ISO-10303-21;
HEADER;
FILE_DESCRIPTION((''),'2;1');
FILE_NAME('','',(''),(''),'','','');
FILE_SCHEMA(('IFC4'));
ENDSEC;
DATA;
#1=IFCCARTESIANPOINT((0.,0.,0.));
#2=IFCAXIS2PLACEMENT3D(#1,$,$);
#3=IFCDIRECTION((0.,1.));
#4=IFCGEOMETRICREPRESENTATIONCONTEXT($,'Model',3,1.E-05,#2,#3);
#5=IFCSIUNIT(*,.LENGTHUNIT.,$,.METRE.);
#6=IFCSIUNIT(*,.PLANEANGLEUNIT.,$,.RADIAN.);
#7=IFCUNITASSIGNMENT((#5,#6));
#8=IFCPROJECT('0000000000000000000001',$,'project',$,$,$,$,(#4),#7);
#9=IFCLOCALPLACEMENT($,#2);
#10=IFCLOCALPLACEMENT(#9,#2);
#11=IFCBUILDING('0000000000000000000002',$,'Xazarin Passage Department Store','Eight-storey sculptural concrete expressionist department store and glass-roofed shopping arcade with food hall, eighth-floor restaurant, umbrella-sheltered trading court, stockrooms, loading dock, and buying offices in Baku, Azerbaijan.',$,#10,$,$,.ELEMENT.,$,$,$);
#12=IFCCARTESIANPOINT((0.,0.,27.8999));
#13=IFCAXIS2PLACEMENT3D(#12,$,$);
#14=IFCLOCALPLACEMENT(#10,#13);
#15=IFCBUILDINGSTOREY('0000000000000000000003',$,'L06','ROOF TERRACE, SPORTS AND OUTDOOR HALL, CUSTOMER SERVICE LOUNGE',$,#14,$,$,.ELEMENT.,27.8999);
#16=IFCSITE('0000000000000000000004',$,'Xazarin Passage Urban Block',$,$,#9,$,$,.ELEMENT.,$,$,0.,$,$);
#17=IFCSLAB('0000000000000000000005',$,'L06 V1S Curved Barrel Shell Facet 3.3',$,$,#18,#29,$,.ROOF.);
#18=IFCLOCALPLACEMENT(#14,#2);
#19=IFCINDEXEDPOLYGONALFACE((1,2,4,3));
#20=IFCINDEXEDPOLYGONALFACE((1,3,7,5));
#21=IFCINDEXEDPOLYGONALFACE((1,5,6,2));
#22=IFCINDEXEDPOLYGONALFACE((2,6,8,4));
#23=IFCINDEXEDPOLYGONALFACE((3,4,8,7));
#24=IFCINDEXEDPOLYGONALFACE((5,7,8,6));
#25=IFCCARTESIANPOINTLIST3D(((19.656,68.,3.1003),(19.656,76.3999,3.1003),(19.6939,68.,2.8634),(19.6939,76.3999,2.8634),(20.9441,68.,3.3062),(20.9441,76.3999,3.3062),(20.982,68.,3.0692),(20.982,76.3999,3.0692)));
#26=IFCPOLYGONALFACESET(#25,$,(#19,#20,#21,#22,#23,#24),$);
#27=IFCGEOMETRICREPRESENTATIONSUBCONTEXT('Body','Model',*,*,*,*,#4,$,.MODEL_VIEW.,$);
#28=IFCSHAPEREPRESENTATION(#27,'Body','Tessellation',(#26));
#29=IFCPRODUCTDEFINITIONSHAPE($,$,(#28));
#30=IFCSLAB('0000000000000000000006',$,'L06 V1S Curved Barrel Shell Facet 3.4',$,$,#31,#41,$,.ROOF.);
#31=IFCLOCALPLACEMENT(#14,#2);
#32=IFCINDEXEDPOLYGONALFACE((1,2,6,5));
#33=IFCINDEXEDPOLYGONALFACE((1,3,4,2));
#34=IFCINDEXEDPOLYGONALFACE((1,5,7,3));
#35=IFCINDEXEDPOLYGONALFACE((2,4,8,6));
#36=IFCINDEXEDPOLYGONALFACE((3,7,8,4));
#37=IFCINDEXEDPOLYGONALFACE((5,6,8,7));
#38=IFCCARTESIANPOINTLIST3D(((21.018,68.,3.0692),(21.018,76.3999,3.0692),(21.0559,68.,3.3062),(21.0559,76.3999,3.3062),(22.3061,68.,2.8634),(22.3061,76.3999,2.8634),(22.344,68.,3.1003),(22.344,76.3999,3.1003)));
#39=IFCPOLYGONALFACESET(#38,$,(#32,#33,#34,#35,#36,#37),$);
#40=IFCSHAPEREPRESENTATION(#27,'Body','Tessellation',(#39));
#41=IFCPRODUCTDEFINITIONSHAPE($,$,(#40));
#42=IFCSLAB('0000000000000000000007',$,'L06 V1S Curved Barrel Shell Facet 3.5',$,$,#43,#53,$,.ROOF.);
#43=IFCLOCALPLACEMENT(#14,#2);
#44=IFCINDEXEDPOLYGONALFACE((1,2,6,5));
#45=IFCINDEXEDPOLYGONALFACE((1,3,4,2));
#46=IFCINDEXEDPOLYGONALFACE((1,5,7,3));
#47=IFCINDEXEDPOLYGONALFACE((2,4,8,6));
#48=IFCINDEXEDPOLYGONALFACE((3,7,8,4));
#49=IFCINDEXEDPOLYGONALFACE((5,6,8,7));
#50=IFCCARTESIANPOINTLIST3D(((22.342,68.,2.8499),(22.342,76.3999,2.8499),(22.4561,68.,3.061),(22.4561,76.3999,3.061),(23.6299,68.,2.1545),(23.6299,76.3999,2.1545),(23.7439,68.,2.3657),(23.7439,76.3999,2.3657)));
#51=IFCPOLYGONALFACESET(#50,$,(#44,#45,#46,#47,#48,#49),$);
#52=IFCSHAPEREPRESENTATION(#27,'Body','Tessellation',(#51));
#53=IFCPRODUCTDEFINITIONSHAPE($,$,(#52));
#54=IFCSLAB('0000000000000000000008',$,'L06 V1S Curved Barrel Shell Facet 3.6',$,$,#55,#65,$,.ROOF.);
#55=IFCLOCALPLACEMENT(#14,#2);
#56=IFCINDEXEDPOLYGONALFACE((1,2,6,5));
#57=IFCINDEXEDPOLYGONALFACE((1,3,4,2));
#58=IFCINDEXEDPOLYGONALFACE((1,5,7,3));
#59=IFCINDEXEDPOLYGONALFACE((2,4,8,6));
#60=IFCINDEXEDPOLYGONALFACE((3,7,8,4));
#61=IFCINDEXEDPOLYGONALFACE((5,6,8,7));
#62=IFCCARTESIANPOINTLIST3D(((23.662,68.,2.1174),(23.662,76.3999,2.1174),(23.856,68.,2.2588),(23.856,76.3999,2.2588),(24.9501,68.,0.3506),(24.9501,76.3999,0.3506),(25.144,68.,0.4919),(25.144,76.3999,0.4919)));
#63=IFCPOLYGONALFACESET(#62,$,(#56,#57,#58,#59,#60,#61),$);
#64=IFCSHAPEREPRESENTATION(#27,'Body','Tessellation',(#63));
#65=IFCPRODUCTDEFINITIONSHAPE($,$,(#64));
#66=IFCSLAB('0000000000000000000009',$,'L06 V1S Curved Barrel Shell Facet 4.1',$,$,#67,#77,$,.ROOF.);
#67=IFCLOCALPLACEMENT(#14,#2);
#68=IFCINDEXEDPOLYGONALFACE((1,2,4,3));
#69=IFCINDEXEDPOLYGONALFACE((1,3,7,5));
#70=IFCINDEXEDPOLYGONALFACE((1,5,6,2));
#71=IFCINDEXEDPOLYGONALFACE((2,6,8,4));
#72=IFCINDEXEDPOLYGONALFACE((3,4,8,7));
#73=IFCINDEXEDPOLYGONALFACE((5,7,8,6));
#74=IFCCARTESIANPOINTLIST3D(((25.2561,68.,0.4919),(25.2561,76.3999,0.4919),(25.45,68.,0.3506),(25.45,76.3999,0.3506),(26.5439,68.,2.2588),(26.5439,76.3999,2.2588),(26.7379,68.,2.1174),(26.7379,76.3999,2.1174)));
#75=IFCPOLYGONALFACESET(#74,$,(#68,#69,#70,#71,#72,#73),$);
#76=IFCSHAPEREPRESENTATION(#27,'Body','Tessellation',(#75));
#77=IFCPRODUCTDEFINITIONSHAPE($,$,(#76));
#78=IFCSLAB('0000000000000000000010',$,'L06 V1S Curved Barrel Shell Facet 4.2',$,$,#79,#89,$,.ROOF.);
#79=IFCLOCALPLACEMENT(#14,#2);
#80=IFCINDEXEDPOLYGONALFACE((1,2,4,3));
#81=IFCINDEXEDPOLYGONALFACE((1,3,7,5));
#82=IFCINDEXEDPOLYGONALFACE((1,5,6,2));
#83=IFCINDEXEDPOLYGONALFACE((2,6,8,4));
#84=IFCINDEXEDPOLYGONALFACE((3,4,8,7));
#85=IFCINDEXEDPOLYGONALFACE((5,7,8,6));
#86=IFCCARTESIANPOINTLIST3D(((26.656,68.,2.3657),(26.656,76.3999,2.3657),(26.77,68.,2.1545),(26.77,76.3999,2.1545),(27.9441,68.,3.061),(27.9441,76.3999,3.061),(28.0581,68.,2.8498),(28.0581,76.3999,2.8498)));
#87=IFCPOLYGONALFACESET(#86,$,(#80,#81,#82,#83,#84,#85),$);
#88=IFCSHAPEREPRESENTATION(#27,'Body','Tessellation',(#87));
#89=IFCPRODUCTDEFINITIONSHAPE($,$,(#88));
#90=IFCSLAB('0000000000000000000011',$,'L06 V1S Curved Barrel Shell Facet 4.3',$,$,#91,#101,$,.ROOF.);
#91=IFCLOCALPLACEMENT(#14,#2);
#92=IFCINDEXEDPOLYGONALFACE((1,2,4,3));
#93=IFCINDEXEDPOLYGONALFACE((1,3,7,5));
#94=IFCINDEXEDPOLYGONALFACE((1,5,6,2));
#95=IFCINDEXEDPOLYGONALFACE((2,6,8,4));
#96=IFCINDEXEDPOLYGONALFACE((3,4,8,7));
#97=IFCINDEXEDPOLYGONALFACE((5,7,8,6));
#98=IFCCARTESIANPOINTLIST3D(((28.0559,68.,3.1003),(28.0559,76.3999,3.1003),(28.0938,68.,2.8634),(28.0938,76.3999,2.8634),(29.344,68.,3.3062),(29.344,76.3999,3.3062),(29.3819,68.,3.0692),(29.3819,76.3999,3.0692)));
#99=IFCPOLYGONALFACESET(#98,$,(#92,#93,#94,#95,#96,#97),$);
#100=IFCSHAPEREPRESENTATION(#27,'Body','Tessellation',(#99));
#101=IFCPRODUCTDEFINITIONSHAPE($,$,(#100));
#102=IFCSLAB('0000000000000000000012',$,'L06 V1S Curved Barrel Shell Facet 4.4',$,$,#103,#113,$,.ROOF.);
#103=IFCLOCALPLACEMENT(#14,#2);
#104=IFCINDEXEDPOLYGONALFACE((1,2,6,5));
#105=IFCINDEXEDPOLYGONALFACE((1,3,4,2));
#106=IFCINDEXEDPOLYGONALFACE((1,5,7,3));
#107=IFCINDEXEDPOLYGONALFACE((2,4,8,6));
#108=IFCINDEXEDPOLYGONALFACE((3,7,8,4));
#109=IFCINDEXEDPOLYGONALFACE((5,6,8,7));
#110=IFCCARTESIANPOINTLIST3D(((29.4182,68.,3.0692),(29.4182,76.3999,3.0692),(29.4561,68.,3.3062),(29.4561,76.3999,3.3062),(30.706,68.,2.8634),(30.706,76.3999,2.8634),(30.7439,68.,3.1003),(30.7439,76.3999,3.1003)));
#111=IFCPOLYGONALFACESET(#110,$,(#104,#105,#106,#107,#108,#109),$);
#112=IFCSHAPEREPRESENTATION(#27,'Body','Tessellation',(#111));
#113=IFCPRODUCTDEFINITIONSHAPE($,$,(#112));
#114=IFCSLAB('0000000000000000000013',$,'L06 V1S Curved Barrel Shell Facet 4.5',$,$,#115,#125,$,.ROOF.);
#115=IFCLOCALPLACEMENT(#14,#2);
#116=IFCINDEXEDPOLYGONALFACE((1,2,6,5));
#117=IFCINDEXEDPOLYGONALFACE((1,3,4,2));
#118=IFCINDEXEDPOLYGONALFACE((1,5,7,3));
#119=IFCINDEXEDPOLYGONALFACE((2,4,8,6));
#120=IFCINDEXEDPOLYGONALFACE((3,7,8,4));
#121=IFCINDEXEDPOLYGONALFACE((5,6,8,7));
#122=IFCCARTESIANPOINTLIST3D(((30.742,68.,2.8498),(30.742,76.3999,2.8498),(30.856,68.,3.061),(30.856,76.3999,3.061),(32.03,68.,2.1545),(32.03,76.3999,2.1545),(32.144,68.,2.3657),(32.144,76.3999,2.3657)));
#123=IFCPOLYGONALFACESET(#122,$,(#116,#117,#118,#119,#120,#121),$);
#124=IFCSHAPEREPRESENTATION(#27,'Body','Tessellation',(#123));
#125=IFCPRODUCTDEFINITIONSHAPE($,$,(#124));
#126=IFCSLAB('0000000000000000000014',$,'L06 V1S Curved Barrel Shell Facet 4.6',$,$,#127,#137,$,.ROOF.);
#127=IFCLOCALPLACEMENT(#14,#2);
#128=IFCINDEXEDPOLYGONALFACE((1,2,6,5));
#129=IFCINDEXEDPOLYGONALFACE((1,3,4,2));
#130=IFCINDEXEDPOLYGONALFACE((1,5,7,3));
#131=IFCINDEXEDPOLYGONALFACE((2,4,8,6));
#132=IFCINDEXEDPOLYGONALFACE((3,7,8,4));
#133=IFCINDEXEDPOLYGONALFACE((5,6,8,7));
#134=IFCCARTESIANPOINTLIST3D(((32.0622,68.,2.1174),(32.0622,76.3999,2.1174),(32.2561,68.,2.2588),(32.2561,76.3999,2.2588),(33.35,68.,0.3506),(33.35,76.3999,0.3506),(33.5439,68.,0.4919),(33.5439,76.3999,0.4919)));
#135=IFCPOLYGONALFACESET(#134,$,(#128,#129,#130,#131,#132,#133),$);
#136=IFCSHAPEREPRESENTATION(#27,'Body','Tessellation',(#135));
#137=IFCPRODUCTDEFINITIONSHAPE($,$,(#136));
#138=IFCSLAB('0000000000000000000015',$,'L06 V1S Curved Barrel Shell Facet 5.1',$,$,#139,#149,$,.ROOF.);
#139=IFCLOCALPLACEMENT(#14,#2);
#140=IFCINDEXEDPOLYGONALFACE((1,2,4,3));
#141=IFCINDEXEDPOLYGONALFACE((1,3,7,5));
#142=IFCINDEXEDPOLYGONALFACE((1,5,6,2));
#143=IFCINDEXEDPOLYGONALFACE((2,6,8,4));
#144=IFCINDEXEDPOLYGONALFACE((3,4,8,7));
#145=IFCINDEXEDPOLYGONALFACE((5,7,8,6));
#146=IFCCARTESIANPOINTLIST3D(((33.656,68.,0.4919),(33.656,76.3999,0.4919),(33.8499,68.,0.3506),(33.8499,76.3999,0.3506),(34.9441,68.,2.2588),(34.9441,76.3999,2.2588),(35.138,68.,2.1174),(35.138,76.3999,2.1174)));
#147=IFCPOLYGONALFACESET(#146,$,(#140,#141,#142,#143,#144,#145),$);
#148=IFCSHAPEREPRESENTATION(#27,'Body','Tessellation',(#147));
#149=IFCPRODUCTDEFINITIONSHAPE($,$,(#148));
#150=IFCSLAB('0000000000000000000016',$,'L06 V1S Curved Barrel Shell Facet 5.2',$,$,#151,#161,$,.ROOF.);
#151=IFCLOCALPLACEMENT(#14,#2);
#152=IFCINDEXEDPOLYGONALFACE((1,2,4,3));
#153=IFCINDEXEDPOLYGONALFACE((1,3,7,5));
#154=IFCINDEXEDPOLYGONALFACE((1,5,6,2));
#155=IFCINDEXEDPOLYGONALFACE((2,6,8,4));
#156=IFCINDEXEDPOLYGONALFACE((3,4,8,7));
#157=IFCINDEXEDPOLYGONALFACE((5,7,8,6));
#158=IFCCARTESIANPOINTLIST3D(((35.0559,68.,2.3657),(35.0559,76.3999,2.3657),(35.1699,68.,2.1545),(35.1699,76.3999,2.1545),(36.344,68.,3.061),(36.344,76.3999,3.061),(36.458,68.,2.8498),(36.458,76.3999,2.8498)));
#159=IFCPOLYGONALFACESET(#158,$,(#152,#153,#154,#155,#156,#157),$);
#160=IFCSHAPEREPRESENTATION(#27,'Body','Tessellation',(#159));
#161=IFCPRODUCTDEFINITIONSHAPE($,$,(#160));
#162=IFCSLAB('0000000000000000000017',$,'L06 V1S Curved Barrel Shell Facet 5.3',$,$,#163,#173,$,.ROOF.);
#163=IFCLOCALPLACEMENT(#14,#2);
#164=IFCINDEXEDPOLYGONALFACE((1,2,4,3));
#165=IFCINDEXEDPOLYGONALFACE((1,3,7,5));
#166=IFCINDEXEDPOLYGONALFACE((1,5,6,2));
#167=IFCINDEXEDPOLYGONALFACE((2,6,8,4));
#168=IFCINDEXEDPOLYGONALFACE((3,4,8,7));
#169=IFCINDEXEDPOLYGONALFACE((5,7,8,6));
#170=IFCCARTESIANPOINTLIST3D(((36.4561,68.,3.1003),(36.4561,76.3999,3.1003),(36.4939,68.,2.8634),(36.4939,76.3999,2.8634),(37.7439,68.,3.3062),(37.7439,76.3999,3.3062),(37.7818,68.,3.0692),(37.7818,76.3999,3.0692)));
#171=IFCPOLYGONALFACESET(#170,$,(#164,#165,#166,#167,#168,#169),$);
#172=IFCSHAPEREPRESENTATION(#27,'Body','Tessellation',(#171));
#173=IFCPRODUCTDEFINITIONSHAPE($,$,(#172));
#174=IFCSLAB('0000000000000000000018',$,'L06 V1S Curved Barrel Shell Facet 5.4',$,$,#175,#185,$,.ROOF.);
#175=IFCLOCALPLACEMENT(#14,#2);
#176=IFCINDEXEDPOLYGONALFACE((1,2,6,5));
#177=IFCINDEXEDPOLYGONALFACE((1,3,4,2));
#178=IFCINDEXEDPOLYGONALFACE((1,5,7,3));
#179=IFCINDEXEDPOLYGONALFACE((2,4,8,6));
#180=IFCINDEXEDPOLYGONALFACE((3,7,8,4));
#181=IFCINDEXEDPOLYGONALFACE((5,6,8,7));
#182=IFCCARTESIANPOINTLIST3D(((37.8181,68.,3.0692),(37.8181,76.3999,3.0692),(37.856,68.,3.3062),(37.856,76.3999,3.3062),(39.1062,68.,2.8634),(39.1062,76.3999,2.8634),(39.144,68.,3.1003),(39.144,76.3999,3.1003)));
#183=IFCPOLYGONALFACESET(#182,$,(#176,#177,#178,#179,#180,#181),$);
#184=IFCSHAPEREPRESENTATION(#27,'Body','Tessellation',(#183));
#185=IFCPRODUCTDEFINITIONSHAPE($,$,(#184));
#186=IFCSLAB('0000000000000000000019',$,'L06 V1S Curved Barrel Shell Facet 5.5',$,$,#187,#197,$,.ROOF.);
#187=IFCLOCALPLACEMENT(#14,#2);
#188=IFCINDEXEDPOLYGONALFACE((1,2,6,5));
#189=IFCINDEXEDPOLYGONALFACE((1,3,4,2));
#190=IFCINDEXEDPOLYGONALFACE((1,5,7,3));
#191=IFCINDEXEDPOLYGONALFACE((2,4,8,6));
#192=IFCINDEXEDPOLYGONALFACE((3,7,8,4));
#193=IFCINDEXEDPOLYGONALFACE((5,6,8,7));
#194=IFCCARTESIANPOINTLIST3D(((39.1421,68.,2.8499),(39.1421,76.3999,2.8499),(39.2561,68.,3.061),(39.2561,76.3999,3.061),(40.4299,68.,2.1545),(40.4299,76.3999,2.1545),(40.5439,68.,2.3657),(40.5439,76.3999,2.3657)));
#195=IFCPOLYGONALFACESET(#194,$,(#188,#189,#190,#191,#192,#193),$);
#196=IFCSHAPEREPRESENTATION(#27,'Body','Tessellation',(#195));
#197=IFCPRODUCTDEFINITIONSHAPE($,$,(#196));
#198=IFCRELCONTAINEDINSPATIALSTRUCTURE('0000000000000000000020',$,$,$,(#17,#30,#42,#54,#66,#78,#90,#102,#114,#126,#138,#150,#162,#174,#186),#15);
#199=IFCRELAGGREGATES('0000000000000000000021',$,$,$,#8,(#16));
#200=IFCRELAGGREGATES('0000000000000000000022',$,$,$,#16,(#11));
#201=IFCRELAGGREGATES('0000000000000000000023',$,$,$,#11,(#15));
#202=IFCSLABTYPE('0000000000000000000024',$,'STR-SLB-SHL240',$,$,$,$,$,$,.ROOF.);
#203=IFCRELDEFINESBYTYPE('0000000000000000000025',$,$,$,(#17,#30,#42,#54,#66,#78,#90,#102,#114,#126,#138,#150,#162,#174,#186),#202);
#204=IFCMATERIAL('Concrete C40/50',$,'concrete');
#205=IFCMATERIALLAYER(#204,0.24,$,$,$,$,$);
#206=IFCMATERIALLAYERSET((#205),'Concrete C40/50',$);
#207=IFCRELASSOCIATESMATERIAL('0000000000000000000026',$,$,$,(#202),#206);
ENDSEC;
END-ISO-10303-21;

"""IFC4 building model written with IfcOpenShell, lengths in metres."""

from ifc_helpers import new_model, si_unit, direction, frame, origin, place, context, subcontext, project, spatial, polyline, outline, extrude, material, layer, layer_set, type_object, element, save


model = new_model("IFC4")

# Units and contexts
model_context = context("Model", 3, precision=1e-05, world=origin(), true_north=direction((0.0, 1.0)))
body_context = subcontext(model_context, "Body", "Model", "MODEL_VIEW")
ifc_project = project(units=[si_unit("LENGTHUNIT", "METRE"), si_unit("PLANEANGLEUNIT", "RADIAN")], contexts=[model_context])

# Site, building, storey
site_placement = place(None, origin())
site = spatial("IfcSite", under=ifc_project, at=site_placement, Name="Xazarin Passage Urban Block", CompositionType="ELEMENT", RefElevation=0.0)
building_placement = place(site_placement, origin())
building = spatial("IfcBuilding", under=site, at=building_placement, Name="Xazarin Passage Department Store", Description="Eight-storey sculptural concrete expressionist department store and glass-roofed shopping arcade with food hall, eighth-floor restaurant, umbrella-sheltered trading court, stockrooms, loading dock, and buying offices in Baku, Azerbaijan.", CompositionType="ELEMENT")
storey_placement = place(building_placement, frame((0.0, 0.0, 27.8999)))
storey = spatial("IfcBuildingStorey", under=building, at=storey_placement, Name="L06", Description="ROOF TERRACE, SPORTS AND OUTDOOR HALL, CUSTOMER SERVICE LOUNGE", CompositionType="ELEMENT", Elevation=27.8999)

# Slabs
ifc_material_1 = material(Name="Concrete C40/50", Category="concrete")
ifc_layer_1 = layer(ifc_material_1, 0.24)
ifc_layer_set_1 = layer_set([ifc_layer_1], Name="Concrete C40/50")
slab_type = type_object("IfcSlabType", Name="STR-SLB-SHL240", PredefinedType="ROOF", material=ifc_layer_set_1)
for number, where, z_axis, x_axis, name in (
    (1, (19.656, 68.0, 3.1003), (-0.157779, 0.0, 0.987474), (0.987474, 0.0, 0.157779), "L06 V1S Curved Barrel Shell Facet 3.3"),
    (2, (21.0559, 68.0, 3.3062), (0.157779, 0.0, 0.987474), (0.987474, 0.0, -0.157779), "L06 V1S Curved Barrel Shell Facet 3.4"),
):
    element("IfcSlab", number, at=place(storey_placement, frame(where, z_axis=z_axis, x_axis=x_axis)), inside=storey, type_object=slab_type, Name=name, PredefinedType="ROOF", context=body_context, shape_type="SweptSolid", body=[
        extrude(outline(polyline([(0.0, 0.0), (1.3044, 0.0), (1.3044, 8.3999), (0.0, 8.3999), (0.0, 0.0)])), origin(), (0.0, 0.0, -1.0), 0.24),
    ])
slab_1_placement = place(storey_placement, frame((22.4561, 68.0, 3.061), z_axis=(0.475084, 0.0, 0.87994), x_axis=(0.87994, 0.0, -0.475084)))
element("IfcSlab", 3, at=slab_1_placement, inside=storey, type_object=slab_type, Name="L06 V1S Curved Barrel Shell Facet 3.5", PredefinedType="ROOF", context=body_context, shape_type="SweptSolid", body=[
    extrude(outline(polyline([(0.0, 0.0), (1.4636, 0.0), (1.4636, 8.3999), (0.0, 8.3999), (0.0, 0.0)])), origin(), (0.0, 0.0, -1.0), 0.24),
])
slab_2_placement = place(storey_placement, frame((23.856, 68.0, 2.2588), z_axis=(0.80806, 0.0, 0.589101), x_axis=(0.589101, 0.0, -0.80806)))
element("IfcSlab", 4, at=slab_2_placement, inside=storey, type_object=slab_type, Name="L06 V1S Curved Barrel Shell Facet 3.6", PredefinedType="ROOF", context=body_context, shape_type="SweptSolid", body=[
    extrude(outline(polyline([(0.0, 0.0), (2.1865, 0.0), (2.1865, 8.3999), (0.0, 8.3999), (0.0, 0.0)])), origin(), (0.0, 0.0, -1.0), 0.24),
])
slab_3_placement = place(storey_placement, frame((25.2561, 68.0, 0.4919), z_axis=(-0.808113, 0.0, 0.589028), x_axis=(0.589028, 0.0, 0.808113)))
element("IfcSlab", 5, at=slab_3_placement, inside=storey, type_object=slab_type, Name="L06 V1S Curved Barrel Shell Facet 4.1", PredefinedType="ROOF", context=body_context, shape_type="SweptSolid", body=[
    extrude(outline(polyline([(0.0, 0.0), (2.1864, 0.0), (2.1864, 8.3999), (0.0, 8.3999), (0.0, 0.0)])), origin(), (0.0, 0.0, -1.0), 0.24),
])
slab_4_placement = place(storey_placement, frame((26.656, 68.0, 2.3657), z_axis=(-0.475015, 0.0, 0.879978), x_axis=(0.879978, 0.0, 0.475015)))
element("IfcSlab", 6, at=slab_4_placement, inside=storey, type_object=slab_type, Name="L06 V1S Curved Barrel Shell Facet 4.2", PredefinedType="ROOF", context=body_context, shape_type="SweptSolid", body=[
    extrude(outline(polyline([(0.0, 0.0), (1.4638, 0.0), (1.4638, 8.3999), (0.0, 8.3999), (0.0, 0.0)])), origin(), (0.0, 0.0, -1.0), 0.24),
])
slab_5_placement = place(storey_placement, frame((28.0559, 68.0, 3.1003), z_axis=(-0.157779, 0.0, 0.987474), x_axis=(0.987474, 0.0, 0.157779)))
element("IfcSlab", 7, at=slab_5_placement, inside=storey, type_object=slab_type, Name="L06 V1S Curved Barrel Shell Facet 4.3", PredefinedType="ROOF", context=body_context, shape_type="SweptSolid", body=[
    extrude(outline(polyline([(0.0, 0.0), (1.3044, 0.0), (1.3044, 8.3999), (0.0, 8.3999), (0.0, 0.0)])), origin(), (0.0, 0.0, -1.0), 0.24),
])
slab_6_placement = place(storey_placement, frame((29.4561, 68.0, 3.3062), z_axis=(0.157808, 0.0, 0.98747), x_axis=(0.98747, 0.0, -0.157808)))
element("IfcSlab", 8, at=slab_6_placement, inside=storey, type_object=slab_type, Name="L06 V1S Curved Barrel Shell Facet 4.4", PredefinedType="ROOF", context=body_context, shape_type="SweptSolid", body=[
    extrude(outline(polyline([(0.0, 0.0), (1.3042, 0.0), (1.3042, 8.3999), (0.0, 8.3999), (0.0, 0.0)])), origin(), (0.0, 0.0, -1.0), 0.24),
])
slab_7_placement = place(storey_placement, frame((30.856, 68.0, 3.061), z_axis=(0.475015, 0.0, 0.879978), x_axis=(0.879978, 0.0, -0.475015)))
element("IfcSlab", 9, at=slab_7_placement, inside=storey, type_object=slab_type, Name="L06 V1S Curved Barrel Shell Facet 4.5", PredefinedType="ROOF", context=body_context, shape_type="SweptSolid", body=[
    extrude(outline(polyline([(0.0, 0.0), (1.4638, 0.0), (1.4638, 8.3999), (0.0, 8.3999), (0.0, 0.0)])), origin(), (0.0, 0.0, -1.0), 0.24),
])
slab_8_placement = place(storey_placement, frame((32.2561, 68.0, 2.2588), z_axis=(0.808113, 0.0, 0.589028), x_axis=(0.589028, 0.0, -0.808113)))
element("IfcSlab", 10, at=slab_8_placement, inside=storey, type_object=slab_type, Name="L06 V1S Curved Barrel Shell Facet 4.6", PredefinedType="ROOF", context=body_context, shape_type="SweptSolid", body=[
    extrude(outline(polyline([(0.0, 0.0), (2.1864, 0.0), (2.1864, 8.3999), (0.0, 8.3999), (0.0, 0.0)])), origin(), (0.0, 0.0, -1.0), 0.24),
])
slab_9_placement = place(storey_placement, frame((33.656, 68.0, 0.4919), z_axis=(-0.80806, 0.0, 0.589101), x_axis=(0.589101, 0.0, 0.80806)))
element("IfcSlab", 11, at=slab_9_placement, inside=storey, type_object=slab_type, Name="L06 V1S Curved Barrel Shell Facet 5.1", PredefinedType="ROOF", context=body_context, shape_type="SweptSolid", body=[
    extrude(outline(polyline([(0.0, 0.0), (2.1865, 0.0), (2.1865, 8.3999), (0.0, 8.3999), (0.0, 0.0)])), origin(), (0.0, 0.0, -1.0), 0.24),
])
slab_10_placement = place(storey_placement, frame((35.0559, 68.0, 2.3657), z_axis=(-0.475015, 0.0, 0.879978), x_axis=(0.879978, 0.0, 0.475015)))
element("IfcSlab", 12, at=slab_10_placement, inside=storey, type_object=slab_type, Name="L06 V1S Curved Barrel Shell Facet 5.2", PredefinedType="ROOF", context=body_context, shape_type="SweptSolid", body=[
    extrude(outline(polyline([(0.0, 0.0), (1.4638, 0.0), (1.4638, 8.3999), (0.0, 8.3999), (0.0, 0.0)])), origin(), (0.0, 0.0, -1.0), 0.24),
])
slab_11_placement = place(storey_placement, frame((36.4561, 68.0, 3.1003), z_axis=(-0.157808, 0.0, 0.98747), x_axis=(0.98747, 0.0, 0.157808)))
element("IfcSlab", 13, at=slab_11_placement, inside=storey, type_object=slab_type, Name="L06 V1S Curved Barrel Shell Facet 5.3", PredefinedType="ROOF", context=body_context, shape_type="SweptSolid", body=[
    extrude(outline(polyline([(0.0, 0.0), (1.3042, 0.0), (1.3042, 8.3999), (0.0, 8.3999), (0.0, 0.0)])), origin(), (0.0, 0.0, -1.0), 0.24),
])
slab_12_placement = place(storey_placement, frame((37.856, 68.0, 3.3062), z_axis=(0.157779, 0.0, 0.987474), x_axis=(0.987474, 0.0, -0.157779)))
element("IfcSlab", 14, at=slab_12_placement, inside=storey, type_object=slab_type, Name="L06 V1S Curved Barrel Shell Facet 5.4", PredefinedType="ROOF", context=body_context, shape_type="SweptSolid", body=[
    extrude(outline(polyline([(0.0, 0.0), (1.3044, 0.0), (1.3044, 8.3999), (0.0, 8.3999), (0.0, 0.0)])), origin(), (0.0, 0.0, -1.0), 0.24),
])
slab_13_placement = place(storey_placement, frame((39.2561, 68.0, 3.061), z_axis=(0.475084, 0.0, 0.87994), x_axis=(0.87994, 0.0, -0.475084)))
element("IfcSlab", 15, at=slab_13_placement, inside=storey, type_object=slab_type, Name="L06 V1S Curved Barrel Shell Facet 5.5", PredefinedType="ROOF", context=body_context, shape_type="SweptSolid", body=[
    extrude(outline(polyline([(0.0, 0.0), (1.4636, 0.0), (1.4636, 8.3999), (0.0, 8.3999), (0.0, 0.0)])), origin(), (0.0, 0.0, -1.0), 0.24),
])

save(model, "model.ifc")
